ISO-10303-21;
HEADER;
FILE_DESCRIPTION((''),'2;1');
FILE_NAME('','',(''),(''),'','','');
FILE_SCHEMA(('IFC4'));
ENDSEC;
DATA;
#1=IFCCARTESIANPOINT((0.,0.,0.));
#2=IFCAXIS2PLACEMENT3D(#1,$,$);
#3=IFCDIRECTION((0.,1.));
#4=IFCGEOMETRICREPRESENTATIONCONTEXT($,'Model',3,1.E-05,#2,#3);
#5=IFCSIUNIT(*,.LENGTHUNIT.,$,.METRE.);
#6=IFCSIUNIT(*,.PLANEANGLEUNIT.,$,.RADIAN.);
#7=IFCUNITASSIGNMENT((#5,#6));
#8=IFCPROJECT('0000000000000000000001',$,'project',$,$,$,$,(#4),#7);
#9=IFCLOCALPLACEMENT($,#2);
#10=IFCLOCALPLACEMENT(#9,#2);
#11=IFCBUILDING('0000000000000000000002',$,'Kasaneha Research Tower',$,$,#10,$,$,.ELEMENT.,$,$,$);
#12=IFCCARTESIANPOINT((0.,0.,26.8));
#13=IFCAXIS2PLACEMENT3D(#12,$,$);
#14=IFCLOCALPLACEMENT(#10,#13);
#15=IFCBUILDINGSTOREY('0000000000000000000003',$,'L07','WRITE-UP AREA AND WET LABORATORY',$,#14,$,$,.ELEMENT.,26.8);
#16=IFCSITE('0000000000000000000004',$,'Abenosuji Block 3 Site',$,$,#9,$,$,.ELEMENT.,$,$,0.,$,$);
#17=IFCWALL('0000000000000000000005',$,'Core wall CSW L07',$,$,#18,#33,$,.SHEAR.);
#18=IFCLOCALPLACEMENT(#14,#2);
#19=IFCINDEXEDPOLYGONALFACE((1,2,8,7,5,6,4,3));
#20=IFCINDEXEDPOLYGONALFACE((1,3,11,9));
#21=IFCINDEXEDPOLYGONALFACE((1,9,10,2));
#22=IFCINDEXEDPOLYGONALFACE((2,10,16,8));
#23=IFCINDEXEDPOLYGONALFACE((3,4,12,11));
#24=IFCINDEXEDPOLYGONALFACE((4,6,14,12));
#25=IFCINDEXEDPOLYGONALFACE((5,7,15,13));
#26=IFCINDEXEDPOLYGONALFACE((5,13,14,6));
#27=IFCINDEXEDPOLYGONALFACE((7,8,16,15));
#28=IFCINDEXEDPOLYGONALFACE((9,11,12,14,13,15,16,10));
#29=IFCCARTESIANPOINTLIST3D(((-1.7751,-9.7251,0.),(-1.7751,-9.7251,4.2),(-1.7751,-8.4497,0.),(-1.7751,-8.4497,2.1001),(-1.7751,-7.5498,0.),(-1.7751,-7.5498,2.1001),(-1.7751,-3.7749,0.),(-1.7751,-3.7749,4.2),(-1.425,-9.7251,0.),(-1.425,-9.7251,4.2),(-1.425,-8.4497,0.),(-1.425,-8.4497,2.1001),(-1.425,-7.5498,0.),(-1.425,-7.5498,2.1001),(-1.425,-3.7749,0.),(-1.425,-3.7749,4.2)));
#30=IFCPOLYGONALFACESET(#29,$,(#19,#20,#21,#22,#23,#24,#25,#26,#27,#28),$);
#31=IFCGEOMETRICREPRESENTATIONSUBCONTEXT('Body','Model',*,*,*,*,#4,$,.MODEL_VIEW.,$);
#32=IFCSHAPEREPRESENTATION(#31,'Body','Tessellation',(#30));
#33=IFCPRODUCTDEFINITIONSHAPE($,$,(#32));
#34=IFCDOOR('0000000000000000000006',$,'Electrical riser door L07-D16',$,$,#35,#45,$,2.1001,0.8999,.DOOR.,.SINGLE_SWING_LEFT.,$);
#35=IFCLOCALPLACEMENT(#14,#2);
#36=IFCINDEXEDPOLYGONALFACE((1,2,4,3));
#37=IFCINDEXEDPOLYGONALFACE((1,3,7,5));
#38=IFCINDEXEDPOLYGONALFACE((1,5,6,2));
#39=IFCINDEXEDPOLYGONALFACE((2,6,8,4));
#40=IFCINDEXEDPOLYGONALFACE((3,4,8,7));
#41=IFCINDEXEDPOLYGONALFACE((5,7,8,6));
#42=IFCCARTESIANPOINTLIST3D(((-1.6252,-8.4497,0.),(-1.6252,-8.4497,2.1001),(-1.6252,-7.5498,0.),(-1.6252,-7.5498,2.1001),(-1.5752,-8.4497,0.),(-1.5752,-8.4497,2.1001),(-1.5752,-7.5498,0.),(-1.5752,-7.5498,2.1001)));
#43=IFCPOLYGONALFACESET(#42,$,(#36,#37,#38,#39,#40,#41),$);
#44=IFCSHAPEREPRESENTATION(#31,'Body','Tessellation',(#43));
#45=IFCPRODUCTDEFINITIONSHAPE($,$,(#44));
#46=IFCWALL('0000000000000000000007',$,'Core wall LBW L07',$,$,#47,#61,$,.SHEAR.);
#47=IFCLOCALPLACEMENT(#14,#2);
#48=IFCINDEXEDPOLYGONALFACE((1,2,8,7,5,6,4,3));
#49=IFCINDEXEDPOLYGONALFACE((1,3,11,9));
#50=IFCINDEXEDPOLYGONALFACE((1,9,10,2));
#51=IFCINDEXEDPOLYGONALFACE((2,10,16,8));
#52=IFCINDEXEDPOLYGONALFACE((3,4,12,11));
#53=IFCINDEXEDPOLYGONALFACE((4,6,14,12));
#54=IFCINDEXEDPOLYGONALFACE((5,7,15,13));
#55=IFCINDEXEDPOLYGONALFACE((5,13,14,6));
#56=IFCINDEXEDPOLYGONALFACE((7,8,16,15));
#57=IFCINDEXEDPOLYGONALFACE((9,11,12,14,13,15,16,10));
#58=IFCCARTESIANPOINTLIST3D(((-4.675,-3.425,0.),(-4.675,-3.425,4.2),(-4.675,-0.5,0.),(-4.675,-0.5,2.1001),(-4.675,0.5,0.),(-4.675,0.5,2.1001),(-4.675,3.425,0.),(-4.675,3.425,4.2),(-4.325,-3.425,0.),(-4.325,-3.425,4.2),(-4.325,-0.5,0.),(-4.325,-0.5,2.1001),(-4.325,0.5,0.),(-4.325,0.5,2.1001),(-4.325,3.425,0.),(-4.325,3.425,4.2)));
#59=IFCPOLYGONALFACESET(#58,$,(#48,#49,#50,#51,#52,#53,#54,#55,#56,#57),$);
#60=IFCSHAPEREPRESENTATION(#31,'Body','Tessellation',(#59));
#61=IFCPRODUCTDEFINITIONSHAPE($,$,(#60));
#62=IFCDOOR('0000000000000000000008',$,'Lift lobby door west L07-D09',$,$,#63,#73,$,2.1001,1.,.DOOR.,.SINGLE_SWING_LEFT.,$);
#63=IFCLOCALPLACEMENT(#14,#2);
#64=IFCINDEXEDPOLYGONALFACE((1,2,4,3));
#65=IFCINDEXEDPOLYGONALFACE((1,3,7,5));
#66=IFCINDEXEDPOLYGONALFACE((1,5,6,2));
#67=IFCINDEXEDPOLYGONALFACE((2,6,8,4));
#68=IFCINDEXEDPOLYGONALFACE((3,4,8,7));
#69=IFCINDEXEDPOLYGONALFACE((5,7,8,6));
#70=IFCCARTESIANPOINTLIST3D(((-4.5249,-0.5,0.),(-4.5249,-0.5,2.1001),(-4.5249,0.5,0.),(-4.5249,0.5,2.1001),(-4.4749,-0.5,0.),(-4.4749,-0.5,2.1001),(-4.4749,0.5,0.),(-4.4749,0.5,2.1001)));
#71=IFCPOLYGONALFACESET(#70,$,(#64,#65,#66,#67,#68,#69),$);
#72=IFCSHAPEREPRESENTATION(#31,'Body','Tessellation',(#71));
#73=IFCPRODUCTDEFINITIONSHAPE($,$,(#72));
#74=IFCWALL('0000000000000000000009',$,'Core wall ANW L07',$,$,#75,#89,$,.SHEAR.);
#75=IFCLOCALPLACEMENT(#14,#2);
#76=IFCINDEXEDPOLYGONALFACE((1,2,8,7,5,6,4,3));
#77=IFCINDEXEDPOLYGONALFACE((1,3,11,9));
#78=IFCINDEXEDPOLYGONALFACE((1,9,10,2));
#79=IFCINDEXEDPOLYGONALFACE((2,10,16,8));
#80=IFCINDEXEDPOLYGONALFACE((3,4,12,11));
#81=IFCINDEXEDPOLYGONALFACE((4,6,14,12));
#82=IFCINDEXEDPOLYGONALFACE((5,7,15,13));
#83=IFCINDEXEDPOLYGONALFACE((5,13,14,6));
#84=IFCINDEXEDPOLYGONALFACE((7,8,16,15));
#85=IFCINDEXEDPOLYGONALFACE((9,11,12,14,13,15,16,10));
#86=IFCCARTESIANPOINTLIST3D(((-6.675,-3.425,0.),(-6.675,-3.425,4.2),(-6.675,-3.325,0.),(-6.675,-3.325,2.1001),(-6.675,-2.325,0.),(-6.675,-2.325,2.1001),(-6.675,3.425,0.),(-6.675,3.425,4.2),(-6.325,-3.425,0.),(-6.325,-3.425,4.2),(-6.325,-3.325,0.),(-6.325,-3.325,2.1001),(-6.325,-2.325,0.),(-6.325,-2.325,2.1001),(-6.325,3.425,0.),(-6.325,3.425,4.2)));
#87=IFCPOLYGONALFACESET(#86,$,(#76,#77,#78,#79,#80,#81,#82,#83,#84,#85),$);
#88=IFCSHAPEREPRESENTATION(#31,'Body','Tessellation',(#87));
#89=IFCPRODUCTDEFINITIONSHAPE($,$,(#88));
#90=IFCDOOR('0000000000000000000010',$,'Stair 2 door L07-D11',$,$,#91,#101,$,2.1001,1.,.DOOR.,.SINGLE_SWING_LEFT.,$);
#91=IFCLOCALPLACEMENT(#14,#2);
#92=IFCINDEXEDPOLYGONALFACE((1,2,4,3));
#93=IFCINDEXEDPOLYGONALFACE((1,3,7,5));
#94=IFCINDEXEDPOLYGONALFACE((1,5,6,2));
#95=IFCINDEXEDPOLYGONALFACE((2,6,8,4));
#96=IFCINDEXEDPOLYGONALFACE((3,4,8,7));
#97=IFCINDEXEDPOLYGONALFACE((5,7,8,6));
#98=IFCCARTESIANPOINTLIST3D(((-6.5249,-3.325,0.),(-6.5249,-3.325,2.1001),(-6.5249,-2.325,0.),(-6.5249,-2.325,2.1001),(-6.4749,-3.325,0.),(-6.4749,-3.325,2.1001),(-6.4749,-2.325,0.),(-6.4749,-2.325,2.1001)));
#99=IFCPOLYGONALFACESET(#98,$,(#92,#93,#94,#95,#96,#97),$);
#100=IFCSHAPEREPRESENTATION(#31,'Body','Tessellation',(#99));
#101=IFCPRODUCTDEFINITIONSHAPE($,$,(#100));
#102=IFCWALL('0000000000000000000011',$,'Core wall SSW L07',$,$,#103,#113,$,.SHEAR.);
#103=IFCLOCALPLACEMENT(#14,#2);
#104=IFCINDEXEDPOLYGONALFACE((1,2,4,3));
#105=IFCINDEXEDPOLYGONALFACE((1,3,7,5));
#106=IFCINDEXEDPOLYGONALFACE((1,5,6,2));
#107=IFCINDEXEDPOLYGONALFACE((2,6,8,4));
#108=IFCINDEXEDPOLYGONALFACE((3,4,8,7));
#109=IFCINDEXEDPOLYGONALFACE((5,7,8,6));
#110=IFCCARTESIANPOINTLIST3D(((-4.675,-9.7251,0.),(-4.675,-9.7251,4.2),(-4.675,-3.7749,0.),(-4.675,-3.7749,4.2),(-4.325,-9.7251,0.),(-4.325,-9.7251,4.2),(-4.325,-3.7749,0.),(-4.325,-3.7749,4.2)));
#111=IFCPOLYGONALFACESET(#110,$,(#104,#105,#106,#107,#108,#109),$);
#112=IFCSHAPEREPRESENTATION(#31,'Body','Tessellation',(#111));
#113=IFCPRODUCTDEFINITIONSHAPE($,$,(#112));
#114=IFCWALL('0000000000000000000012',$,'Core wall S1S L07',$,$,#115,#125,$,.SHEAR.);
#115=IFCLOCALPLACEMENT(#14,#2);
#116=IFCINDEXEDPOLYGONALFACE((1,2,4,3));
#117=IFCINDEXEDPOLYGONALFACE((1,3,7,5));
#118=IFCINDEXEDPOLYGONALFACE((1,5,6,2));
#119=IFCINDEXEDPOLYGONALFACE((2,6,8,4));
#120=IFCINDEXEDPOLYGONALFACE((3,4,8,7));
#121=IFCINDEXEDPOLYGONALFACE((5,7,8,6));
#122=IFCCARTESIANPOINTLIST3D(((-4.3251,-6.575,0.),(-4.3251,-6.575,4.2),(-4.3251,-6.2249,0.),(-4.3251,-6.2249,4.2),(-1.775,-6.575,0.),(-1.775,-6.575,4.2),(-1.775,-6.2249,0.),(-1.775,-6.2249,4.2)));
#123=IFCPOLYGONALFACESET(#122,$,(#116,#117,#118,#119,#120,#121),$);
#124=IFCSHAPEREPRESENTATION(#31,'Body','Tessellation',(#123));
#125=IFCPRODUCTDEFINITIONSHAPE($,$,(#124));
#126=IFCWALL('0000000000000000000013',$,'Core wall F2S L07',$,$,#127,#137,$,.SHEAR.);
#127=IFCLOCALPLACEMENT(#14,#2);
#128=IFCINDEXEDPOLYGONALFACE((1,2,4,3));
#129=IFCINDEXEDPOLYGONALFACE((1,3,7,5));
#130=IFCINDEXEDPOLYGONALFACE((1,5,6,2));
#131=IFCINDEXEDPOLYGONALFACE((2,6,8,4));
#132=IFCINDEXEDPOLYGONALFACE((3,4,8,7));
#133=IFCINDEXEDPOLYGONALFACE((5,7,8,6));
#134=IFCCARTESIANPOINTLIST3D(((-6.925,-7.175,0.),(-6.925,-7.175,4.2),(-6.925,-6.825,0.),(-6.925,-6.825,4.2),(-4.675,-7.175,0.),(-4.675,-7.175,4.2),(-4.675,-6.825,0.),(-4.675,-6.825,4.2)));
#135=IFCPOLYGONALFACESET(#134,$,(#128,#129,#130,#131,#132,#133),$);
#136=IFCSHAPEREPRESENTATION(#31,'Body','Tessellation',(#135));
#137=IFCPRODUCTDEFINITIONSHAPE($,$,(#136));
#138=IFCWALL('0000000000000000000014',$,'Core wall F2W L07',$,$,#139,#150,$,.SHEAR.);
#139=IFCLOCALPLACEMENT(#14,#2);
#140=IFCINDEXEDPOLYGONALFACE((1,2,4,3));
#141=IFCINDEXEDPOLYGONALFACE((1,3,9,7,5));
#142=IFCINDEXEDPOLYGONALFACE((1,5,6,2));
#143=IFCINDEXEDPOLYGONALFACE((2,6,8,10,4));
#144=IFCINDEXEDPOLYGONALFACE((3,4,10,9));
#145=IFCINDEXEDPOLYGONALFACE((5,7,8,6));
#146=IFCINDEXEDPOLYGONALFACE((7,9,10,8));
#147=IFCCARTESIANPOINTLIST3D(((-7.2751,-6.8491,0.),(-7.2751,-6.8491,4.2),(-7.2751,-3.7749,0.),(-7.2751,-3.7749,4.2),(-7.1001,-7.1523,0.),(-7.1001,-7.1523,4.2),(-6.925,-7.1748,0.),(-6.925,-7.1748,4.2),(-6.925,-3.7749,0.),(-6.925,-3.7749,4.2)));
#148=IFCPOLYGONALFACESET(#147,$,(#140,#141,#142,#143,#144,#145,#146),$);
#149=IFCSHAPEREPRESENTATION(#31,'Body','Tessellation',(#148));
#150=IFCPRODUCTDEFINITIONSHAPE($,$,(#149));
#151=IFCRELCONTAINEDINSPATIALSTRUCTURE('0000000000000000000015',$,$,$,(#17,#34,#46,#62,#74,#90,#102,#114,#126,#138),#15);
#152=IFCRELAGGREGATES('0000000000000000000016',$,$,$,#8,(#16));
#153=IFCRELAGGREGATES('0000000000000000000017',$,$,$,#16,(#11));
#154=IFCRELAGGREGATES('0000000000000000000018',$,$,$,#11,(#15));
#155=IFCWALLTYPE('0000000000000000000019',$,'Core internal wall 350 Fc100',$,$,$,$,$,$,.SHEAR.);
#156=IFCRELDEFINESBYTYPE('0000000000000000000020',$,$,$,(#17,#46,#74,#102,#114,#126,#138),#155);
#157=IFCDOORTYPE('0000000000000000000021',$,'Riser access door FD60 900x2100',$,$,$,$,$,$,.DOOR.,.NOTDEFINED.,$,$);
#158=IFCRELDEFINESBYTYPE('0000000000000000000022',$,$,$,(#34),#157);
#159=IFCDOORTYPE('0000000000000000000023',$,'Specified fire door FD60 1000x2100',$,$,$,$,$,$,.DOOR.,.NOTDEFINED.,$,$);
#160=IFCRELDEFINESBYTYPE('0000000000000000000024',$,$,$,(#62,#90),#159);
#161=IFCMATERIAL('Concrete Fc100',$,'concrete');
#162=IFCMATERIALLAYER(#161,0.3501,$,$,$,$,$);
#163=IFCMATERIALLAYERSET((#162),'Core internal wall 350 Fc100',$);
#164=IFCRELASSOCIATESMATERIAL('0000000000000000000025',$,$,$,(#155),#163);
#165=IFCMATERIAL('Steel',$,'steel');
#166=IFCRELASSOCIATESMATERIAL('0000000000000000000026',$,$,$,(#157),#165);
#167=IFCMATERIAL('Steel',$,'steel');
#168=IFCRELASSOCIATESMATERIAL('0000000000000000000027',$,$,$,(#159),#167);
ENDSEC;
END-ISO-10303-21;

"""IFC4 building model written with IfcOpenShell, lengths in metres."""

from ifc_helpers import new_model, si_unit, direction, frame, frame_2d, origin, place, context, subcontext, project, spatial, polyline, rectangle, outline, extrude, material, layer, layer_set, type_object, element, fill, save


model = new_model("IFC4")

# Units and contexts
model_context = context("Model", 3, precision=1e-05, world=origin(), true_north=direction((0.0, 1.0)))
body_context = subcontext(model_context, "Body", "Model", "MODEL_VIEW")
ifc_project = project(units=[si_unit("LENGTHUNIT", "METRE"), si_unit("PLANEANGLEUNIT", "RADIAN")], contexts=[model_context])

# Site, building, storey
site_placement = place(None, origin())
site = spatial("IfcSite", under=ifc_project, at=site_placement, Name="Abenosuji Block 3 Site", CompositionType="ELEMENT", RefElevation=0.0)
building_placement = place(site_placement, origin())
building = spatial("IfcBuilding", under=site, at=building_placement, Name="Kasaneha Research Tower", CompositionType="ELEMENT")
storey_placement = place(building_placement, frame((0.0, 0.0, 26.8)))
storey = spatial("IfcBuildingStorey", under=building, at=storey_placement, Name="L07", Description="WRITE-UP AREA AND WET LABORATORY", CompositionType="ELEMENT", Elevation=26.8)

# Walls, openings, doors
ifc_material_1 = material(Name="Concrete Fc100", Category="concrete")
ifc_layer_1 = layer(ifc_material_1, 0.3501)
ifc_layer_set_1 = layer_set([ifc_layer_1], Name="Core internal wall 350 Fc100")
wall_type_1 = type_object("IfcWallType", Name="Core internal wall 350 Fc100", PredefinedType="SHEAR", material=ifc_layer_set_1)
wall_1_placement = place(storey_placement, frame((-1.6001, -3.7749, 0.0), z_axis=(0.0, 0.0, 1.0), x_axis=(0.0, -1.0, 0.0)))
wall_1 = element("IfcWall", 1, at=wall_1_placement, inside=storey, type_object=wall_type_1, Name="Core wall CSW L07", PredefinedType="SHEAR", context=body_context, shape_type="SweptSolid", body=[
    extrude(rectangle(XDim=5.9502, YDim=0.3501, at=frame_2d((2.9751, 0.0))), origin(), (0.0, 0.0, 1.0), 4.2),
])
opening_1_placement = place(wall_1_placement, frame((3.7749, 0.0, 0.0)))
opening_1 = element("IfcOpeningElement", 2, at=opening_1_placement, cuts=wall_1, PredefinedType="OPENING", context=body_context, shape_type="SweptSolid", body=[
    extrude(rectangle(XDim=0.8999, YDim=2.1001, at=frame_2d((0.45, 1.05))), frame((0.0, 0.1851, 0.0), z_axis=(0.0, -1.0, 0.0), x_axis=(1.0, 0.0, 0.0)), (0.0, 0.0, 1.0), 0.3701),
])
ifc_material_2 = material(Name="Steel", Category="steel")
door_type_1 = type_object("IfcDoorType", Name="Riser access door FD60 900x2100", OperationType="NOTDEFINED", PredefinedType="DOOR", material=ifc_material_2)
door_1_placement = place(opening_1_placement, origin())
door_1 = element("IfcDoor", 3, at=door_1_placement, inside=storey, type_object=door_type_1, Name="Electrical riser door L07-D16", OperationType="SINGLE_SWING_LEFT", OverallHeight=2.1001, OverallWidth=0.8999, PredefinedType="DOOR", context=body_context, shape_type="SweptSolid", body=[
    extrude(rectangle(XDim=0.8999, YDim=2.1001, at=frame_2d((0.45, 1.05))), frame((0.0, 0.0249, 0.0), z_axis=(0.0, -1.0, 0.0), x_axis=(1.0, 0.0, 0.0)), (0.0, 0.0, 1.0), 0.05),
])
fill(opening_1, door_1)
wall_2_placement = place(storey_placement, frame((-4.5, -3.425, 0.0), z_axis=(0.0, 0.0, 1.0), x_axis=(0.0, 1.0, 0.0)))
wall_2 = element("IfcWall", 4, at=wall_2_placement, inside=storey, type_object=wall_type_1, Name="Core wall LBW L07", PredefinedType="SHEAR", context=body_context, shape_type="SweptSolid", body=[
    extrude(rectangle(XDim=6.8501, YDim=0.3501, at=frame_2d((3.425, 0.0))), origin(), (0.0, 0.0, 1.0), 4.2),
])
opening_2_placement = place(wall_2_placement, frame((2.925, 0.0, 0.0)))
opening_2 = element("IfcOpeningElement", 5, at=opening_2_placement, cuts=wall_2, PredefinedType="OPENING", context=body_context, shape_type="SweptSolid", body=[
    extrude(rectangle(XDim=1.0, YDim=2.1001, at=frame_2d((0.5, 1.05))), frame((0.0, 0.1851, 0.0), z_axis=(0.0, -1.0, 0.0), x_axis=(1.0, 0.0, 0.0)), (0.0, 0.0, 1.0), 0.3701),
])
ifc_material_3 = material(Name="Steel", Category="steel")
door_type_2 = type_object("IfcDoorType", Name="Specified fire door FD60 1000x2100", OperationType="NOTDEFINED", PredefinedType="DOOR", material=ifc_material_3)
door_2_placement = place(opening_2_placement, origin())
door_2 = element("IfcDoor", 6, at=door_2_placement, inside=storey, type_object=door_type_2, Name="Lift lobby door west L07-D09", OperationType="SINGLE_SWING_LEFT", OverallHeight=2.1001, OverallWidth=1.0, PredefinedType="DOOR", context=body_context, shape_type="SweptSolid", body=[
    extrude(rectangle(XDim=1.0, YDim=2.1001, at=frame_2d((0.5, 1.05))), frame((0.0, 0.0249, 0.0), z_axis=(0.0, -1.0, 0.0), x_axis=(1.0, 0.0, 0.0)), (0.0, 0.0, 1.0), 0.05),
])
fill(opening_2, door_2)
wall_3_placement = place(storey_placement, frame((-6.5, -3.425, 0.0), z_axis=(0.0, 0.0, 1.0), x_axis=(0.0, 1.0, 0.0)))
wall_3 = element("IfcWall", 7, at=wall_3_placement, inside=storey, type_object=wall_type_1, Name="Core wall ANW L07", PredefinedType="SHEAR", context=body_context, shape_type="SweptSolid", body=[
    extrude(rectangle(XDim=6.8501, YDim=0.3501, at=frame_2d((3.425, 0.0))), origin(), (0.0, 0.0, 1.0), 4.2),
])
opening_3_placement = place(wall_3_placement, frame((0.1001, 0.0, 0.0)))
opening_3 = element("IfcOpeningElement", 8, at=opening_3_placement, cuts=wall_3, PredefinedType="OPENING", context=body_context, shape_type="SweptSolid", body=[
    extrude(rectangle(XDim=1.0, YDim=2.1001, at=frame_2d((0.5, 1.05))), frame((0.0, 0.1851, 0.0), z_axis=(0.0, -1.0, 0.0), x_axis=(1.0, 0.0, 0.0)), (0.0, 0.0, 1.0), 0.3701),
])
door_3_placement = place(opening_3_placement, origin())
door_3 = element("IfcDoor", 9, at=door_3_placement, inside=storey, type_object=door_type_2, Name="Stair 2 door L07-D11", OperationType="SINGLE_SWING_LEFT", OverallHeight=2.1001, OverallWidth=1.0, PredefinedType="DOOR", context=body_context, shape_type="SweptSolid", body=[
    extrude(rectangle(XDim=1.0, YDim=2.1001, at=frame_2d((0.5, 1.05))), frame((0.0, 0.0249, 0.0), z_axis=(0.0, -1.0, 0.0), x_axis=(1.0, 0.0, 0.0)), (0.0, 0.0, 1.0), 0.05),
])
fill(opening_3, door_3)

# Walls
wall_4_placement = place(storey_placement, frame((-4.5, -3.7749, 0.0), z_axis=(0.0, 0.0, 1.0), x_axis=(0.0, -1.0, 0.0)))
element("IfcWall", 10, at=wall_4_placement, inside=storey, type_object=wall_type_1, Name="Core wall SSW L07", PredefinedType="SHEAR", context=body_context, shape_type="SweptSolid", body=[
    extrude(rectangle(XDim=5.9502, YDim=0.3501, at=frame_2d((2.9751, 0.0))), origin(), (0.0, 0.0, 1.0), 4.2),
])
wall_5_placement = place(storey_placement, frame((-4.325, -6.3999, 0.0), z_axis=(0.0, 0.0, 1.0), x_axis=(1.0, 0.0, 0.0)))
element("IfcWall", 11, at=wall_5_placement, inside=storey, type_object=wall_type_1, Name="Core wall S1S L07", PredefinedType="SHEAR", context=body_context, shape_type="SweptSolid", body=[
    extrude(rectangle(XDim=2.55, YDim=0.3501, at=frame_2d((1.2749, 0.0))), origin(), (0.0, 0.0, 1.0), 4.2),
])
wall_6_placement = place(storey_placement, frame((-6.925, -7.0, 0.0), z_axis=(0.0, 0.0, 1.0), x_axis=(1.0, 0.0, 0.0)))
element("IfcWall", 12, at=wall_6_placement, inside=storey, type_object=wall_type_1, Name="Core wall F2S L07", PredefinedType="SHEAR", context=body_context, shape_type="SweptSolid", body=[
    extrude(rectangle(XDim=2.25, YDim=0.3501, at=frame_2d((1.125, 0.0))), origin(), (0.0, 0.0, 1.0), 4.2),
])
wall_7_placement = place(storey_placement, frame((-7.1001, -3.7749, 0.0), z_axis=(0.0, 0.0, 1.0), x_axis=(0.0, -1.0, 0.0)))
element("IfcWall", 13, at=wall_7_placement, inside=storey, type_object=wall_type_1, Name="Core wall F2W L07", PredefinedType="SHEAR", context=body_context, shape_type="SweptSolid", body=[
    extrude(outline(polyline([(0.0, -0.175), (3.0742, -0.175), (3.3774, 0.0), (3.3999, 0.175), (0.0, 0.175), (0.0, -0.175)])), origin(), (0.0, 0.0, 1.0), 4.2),
])

save(model, "model.ifc")
